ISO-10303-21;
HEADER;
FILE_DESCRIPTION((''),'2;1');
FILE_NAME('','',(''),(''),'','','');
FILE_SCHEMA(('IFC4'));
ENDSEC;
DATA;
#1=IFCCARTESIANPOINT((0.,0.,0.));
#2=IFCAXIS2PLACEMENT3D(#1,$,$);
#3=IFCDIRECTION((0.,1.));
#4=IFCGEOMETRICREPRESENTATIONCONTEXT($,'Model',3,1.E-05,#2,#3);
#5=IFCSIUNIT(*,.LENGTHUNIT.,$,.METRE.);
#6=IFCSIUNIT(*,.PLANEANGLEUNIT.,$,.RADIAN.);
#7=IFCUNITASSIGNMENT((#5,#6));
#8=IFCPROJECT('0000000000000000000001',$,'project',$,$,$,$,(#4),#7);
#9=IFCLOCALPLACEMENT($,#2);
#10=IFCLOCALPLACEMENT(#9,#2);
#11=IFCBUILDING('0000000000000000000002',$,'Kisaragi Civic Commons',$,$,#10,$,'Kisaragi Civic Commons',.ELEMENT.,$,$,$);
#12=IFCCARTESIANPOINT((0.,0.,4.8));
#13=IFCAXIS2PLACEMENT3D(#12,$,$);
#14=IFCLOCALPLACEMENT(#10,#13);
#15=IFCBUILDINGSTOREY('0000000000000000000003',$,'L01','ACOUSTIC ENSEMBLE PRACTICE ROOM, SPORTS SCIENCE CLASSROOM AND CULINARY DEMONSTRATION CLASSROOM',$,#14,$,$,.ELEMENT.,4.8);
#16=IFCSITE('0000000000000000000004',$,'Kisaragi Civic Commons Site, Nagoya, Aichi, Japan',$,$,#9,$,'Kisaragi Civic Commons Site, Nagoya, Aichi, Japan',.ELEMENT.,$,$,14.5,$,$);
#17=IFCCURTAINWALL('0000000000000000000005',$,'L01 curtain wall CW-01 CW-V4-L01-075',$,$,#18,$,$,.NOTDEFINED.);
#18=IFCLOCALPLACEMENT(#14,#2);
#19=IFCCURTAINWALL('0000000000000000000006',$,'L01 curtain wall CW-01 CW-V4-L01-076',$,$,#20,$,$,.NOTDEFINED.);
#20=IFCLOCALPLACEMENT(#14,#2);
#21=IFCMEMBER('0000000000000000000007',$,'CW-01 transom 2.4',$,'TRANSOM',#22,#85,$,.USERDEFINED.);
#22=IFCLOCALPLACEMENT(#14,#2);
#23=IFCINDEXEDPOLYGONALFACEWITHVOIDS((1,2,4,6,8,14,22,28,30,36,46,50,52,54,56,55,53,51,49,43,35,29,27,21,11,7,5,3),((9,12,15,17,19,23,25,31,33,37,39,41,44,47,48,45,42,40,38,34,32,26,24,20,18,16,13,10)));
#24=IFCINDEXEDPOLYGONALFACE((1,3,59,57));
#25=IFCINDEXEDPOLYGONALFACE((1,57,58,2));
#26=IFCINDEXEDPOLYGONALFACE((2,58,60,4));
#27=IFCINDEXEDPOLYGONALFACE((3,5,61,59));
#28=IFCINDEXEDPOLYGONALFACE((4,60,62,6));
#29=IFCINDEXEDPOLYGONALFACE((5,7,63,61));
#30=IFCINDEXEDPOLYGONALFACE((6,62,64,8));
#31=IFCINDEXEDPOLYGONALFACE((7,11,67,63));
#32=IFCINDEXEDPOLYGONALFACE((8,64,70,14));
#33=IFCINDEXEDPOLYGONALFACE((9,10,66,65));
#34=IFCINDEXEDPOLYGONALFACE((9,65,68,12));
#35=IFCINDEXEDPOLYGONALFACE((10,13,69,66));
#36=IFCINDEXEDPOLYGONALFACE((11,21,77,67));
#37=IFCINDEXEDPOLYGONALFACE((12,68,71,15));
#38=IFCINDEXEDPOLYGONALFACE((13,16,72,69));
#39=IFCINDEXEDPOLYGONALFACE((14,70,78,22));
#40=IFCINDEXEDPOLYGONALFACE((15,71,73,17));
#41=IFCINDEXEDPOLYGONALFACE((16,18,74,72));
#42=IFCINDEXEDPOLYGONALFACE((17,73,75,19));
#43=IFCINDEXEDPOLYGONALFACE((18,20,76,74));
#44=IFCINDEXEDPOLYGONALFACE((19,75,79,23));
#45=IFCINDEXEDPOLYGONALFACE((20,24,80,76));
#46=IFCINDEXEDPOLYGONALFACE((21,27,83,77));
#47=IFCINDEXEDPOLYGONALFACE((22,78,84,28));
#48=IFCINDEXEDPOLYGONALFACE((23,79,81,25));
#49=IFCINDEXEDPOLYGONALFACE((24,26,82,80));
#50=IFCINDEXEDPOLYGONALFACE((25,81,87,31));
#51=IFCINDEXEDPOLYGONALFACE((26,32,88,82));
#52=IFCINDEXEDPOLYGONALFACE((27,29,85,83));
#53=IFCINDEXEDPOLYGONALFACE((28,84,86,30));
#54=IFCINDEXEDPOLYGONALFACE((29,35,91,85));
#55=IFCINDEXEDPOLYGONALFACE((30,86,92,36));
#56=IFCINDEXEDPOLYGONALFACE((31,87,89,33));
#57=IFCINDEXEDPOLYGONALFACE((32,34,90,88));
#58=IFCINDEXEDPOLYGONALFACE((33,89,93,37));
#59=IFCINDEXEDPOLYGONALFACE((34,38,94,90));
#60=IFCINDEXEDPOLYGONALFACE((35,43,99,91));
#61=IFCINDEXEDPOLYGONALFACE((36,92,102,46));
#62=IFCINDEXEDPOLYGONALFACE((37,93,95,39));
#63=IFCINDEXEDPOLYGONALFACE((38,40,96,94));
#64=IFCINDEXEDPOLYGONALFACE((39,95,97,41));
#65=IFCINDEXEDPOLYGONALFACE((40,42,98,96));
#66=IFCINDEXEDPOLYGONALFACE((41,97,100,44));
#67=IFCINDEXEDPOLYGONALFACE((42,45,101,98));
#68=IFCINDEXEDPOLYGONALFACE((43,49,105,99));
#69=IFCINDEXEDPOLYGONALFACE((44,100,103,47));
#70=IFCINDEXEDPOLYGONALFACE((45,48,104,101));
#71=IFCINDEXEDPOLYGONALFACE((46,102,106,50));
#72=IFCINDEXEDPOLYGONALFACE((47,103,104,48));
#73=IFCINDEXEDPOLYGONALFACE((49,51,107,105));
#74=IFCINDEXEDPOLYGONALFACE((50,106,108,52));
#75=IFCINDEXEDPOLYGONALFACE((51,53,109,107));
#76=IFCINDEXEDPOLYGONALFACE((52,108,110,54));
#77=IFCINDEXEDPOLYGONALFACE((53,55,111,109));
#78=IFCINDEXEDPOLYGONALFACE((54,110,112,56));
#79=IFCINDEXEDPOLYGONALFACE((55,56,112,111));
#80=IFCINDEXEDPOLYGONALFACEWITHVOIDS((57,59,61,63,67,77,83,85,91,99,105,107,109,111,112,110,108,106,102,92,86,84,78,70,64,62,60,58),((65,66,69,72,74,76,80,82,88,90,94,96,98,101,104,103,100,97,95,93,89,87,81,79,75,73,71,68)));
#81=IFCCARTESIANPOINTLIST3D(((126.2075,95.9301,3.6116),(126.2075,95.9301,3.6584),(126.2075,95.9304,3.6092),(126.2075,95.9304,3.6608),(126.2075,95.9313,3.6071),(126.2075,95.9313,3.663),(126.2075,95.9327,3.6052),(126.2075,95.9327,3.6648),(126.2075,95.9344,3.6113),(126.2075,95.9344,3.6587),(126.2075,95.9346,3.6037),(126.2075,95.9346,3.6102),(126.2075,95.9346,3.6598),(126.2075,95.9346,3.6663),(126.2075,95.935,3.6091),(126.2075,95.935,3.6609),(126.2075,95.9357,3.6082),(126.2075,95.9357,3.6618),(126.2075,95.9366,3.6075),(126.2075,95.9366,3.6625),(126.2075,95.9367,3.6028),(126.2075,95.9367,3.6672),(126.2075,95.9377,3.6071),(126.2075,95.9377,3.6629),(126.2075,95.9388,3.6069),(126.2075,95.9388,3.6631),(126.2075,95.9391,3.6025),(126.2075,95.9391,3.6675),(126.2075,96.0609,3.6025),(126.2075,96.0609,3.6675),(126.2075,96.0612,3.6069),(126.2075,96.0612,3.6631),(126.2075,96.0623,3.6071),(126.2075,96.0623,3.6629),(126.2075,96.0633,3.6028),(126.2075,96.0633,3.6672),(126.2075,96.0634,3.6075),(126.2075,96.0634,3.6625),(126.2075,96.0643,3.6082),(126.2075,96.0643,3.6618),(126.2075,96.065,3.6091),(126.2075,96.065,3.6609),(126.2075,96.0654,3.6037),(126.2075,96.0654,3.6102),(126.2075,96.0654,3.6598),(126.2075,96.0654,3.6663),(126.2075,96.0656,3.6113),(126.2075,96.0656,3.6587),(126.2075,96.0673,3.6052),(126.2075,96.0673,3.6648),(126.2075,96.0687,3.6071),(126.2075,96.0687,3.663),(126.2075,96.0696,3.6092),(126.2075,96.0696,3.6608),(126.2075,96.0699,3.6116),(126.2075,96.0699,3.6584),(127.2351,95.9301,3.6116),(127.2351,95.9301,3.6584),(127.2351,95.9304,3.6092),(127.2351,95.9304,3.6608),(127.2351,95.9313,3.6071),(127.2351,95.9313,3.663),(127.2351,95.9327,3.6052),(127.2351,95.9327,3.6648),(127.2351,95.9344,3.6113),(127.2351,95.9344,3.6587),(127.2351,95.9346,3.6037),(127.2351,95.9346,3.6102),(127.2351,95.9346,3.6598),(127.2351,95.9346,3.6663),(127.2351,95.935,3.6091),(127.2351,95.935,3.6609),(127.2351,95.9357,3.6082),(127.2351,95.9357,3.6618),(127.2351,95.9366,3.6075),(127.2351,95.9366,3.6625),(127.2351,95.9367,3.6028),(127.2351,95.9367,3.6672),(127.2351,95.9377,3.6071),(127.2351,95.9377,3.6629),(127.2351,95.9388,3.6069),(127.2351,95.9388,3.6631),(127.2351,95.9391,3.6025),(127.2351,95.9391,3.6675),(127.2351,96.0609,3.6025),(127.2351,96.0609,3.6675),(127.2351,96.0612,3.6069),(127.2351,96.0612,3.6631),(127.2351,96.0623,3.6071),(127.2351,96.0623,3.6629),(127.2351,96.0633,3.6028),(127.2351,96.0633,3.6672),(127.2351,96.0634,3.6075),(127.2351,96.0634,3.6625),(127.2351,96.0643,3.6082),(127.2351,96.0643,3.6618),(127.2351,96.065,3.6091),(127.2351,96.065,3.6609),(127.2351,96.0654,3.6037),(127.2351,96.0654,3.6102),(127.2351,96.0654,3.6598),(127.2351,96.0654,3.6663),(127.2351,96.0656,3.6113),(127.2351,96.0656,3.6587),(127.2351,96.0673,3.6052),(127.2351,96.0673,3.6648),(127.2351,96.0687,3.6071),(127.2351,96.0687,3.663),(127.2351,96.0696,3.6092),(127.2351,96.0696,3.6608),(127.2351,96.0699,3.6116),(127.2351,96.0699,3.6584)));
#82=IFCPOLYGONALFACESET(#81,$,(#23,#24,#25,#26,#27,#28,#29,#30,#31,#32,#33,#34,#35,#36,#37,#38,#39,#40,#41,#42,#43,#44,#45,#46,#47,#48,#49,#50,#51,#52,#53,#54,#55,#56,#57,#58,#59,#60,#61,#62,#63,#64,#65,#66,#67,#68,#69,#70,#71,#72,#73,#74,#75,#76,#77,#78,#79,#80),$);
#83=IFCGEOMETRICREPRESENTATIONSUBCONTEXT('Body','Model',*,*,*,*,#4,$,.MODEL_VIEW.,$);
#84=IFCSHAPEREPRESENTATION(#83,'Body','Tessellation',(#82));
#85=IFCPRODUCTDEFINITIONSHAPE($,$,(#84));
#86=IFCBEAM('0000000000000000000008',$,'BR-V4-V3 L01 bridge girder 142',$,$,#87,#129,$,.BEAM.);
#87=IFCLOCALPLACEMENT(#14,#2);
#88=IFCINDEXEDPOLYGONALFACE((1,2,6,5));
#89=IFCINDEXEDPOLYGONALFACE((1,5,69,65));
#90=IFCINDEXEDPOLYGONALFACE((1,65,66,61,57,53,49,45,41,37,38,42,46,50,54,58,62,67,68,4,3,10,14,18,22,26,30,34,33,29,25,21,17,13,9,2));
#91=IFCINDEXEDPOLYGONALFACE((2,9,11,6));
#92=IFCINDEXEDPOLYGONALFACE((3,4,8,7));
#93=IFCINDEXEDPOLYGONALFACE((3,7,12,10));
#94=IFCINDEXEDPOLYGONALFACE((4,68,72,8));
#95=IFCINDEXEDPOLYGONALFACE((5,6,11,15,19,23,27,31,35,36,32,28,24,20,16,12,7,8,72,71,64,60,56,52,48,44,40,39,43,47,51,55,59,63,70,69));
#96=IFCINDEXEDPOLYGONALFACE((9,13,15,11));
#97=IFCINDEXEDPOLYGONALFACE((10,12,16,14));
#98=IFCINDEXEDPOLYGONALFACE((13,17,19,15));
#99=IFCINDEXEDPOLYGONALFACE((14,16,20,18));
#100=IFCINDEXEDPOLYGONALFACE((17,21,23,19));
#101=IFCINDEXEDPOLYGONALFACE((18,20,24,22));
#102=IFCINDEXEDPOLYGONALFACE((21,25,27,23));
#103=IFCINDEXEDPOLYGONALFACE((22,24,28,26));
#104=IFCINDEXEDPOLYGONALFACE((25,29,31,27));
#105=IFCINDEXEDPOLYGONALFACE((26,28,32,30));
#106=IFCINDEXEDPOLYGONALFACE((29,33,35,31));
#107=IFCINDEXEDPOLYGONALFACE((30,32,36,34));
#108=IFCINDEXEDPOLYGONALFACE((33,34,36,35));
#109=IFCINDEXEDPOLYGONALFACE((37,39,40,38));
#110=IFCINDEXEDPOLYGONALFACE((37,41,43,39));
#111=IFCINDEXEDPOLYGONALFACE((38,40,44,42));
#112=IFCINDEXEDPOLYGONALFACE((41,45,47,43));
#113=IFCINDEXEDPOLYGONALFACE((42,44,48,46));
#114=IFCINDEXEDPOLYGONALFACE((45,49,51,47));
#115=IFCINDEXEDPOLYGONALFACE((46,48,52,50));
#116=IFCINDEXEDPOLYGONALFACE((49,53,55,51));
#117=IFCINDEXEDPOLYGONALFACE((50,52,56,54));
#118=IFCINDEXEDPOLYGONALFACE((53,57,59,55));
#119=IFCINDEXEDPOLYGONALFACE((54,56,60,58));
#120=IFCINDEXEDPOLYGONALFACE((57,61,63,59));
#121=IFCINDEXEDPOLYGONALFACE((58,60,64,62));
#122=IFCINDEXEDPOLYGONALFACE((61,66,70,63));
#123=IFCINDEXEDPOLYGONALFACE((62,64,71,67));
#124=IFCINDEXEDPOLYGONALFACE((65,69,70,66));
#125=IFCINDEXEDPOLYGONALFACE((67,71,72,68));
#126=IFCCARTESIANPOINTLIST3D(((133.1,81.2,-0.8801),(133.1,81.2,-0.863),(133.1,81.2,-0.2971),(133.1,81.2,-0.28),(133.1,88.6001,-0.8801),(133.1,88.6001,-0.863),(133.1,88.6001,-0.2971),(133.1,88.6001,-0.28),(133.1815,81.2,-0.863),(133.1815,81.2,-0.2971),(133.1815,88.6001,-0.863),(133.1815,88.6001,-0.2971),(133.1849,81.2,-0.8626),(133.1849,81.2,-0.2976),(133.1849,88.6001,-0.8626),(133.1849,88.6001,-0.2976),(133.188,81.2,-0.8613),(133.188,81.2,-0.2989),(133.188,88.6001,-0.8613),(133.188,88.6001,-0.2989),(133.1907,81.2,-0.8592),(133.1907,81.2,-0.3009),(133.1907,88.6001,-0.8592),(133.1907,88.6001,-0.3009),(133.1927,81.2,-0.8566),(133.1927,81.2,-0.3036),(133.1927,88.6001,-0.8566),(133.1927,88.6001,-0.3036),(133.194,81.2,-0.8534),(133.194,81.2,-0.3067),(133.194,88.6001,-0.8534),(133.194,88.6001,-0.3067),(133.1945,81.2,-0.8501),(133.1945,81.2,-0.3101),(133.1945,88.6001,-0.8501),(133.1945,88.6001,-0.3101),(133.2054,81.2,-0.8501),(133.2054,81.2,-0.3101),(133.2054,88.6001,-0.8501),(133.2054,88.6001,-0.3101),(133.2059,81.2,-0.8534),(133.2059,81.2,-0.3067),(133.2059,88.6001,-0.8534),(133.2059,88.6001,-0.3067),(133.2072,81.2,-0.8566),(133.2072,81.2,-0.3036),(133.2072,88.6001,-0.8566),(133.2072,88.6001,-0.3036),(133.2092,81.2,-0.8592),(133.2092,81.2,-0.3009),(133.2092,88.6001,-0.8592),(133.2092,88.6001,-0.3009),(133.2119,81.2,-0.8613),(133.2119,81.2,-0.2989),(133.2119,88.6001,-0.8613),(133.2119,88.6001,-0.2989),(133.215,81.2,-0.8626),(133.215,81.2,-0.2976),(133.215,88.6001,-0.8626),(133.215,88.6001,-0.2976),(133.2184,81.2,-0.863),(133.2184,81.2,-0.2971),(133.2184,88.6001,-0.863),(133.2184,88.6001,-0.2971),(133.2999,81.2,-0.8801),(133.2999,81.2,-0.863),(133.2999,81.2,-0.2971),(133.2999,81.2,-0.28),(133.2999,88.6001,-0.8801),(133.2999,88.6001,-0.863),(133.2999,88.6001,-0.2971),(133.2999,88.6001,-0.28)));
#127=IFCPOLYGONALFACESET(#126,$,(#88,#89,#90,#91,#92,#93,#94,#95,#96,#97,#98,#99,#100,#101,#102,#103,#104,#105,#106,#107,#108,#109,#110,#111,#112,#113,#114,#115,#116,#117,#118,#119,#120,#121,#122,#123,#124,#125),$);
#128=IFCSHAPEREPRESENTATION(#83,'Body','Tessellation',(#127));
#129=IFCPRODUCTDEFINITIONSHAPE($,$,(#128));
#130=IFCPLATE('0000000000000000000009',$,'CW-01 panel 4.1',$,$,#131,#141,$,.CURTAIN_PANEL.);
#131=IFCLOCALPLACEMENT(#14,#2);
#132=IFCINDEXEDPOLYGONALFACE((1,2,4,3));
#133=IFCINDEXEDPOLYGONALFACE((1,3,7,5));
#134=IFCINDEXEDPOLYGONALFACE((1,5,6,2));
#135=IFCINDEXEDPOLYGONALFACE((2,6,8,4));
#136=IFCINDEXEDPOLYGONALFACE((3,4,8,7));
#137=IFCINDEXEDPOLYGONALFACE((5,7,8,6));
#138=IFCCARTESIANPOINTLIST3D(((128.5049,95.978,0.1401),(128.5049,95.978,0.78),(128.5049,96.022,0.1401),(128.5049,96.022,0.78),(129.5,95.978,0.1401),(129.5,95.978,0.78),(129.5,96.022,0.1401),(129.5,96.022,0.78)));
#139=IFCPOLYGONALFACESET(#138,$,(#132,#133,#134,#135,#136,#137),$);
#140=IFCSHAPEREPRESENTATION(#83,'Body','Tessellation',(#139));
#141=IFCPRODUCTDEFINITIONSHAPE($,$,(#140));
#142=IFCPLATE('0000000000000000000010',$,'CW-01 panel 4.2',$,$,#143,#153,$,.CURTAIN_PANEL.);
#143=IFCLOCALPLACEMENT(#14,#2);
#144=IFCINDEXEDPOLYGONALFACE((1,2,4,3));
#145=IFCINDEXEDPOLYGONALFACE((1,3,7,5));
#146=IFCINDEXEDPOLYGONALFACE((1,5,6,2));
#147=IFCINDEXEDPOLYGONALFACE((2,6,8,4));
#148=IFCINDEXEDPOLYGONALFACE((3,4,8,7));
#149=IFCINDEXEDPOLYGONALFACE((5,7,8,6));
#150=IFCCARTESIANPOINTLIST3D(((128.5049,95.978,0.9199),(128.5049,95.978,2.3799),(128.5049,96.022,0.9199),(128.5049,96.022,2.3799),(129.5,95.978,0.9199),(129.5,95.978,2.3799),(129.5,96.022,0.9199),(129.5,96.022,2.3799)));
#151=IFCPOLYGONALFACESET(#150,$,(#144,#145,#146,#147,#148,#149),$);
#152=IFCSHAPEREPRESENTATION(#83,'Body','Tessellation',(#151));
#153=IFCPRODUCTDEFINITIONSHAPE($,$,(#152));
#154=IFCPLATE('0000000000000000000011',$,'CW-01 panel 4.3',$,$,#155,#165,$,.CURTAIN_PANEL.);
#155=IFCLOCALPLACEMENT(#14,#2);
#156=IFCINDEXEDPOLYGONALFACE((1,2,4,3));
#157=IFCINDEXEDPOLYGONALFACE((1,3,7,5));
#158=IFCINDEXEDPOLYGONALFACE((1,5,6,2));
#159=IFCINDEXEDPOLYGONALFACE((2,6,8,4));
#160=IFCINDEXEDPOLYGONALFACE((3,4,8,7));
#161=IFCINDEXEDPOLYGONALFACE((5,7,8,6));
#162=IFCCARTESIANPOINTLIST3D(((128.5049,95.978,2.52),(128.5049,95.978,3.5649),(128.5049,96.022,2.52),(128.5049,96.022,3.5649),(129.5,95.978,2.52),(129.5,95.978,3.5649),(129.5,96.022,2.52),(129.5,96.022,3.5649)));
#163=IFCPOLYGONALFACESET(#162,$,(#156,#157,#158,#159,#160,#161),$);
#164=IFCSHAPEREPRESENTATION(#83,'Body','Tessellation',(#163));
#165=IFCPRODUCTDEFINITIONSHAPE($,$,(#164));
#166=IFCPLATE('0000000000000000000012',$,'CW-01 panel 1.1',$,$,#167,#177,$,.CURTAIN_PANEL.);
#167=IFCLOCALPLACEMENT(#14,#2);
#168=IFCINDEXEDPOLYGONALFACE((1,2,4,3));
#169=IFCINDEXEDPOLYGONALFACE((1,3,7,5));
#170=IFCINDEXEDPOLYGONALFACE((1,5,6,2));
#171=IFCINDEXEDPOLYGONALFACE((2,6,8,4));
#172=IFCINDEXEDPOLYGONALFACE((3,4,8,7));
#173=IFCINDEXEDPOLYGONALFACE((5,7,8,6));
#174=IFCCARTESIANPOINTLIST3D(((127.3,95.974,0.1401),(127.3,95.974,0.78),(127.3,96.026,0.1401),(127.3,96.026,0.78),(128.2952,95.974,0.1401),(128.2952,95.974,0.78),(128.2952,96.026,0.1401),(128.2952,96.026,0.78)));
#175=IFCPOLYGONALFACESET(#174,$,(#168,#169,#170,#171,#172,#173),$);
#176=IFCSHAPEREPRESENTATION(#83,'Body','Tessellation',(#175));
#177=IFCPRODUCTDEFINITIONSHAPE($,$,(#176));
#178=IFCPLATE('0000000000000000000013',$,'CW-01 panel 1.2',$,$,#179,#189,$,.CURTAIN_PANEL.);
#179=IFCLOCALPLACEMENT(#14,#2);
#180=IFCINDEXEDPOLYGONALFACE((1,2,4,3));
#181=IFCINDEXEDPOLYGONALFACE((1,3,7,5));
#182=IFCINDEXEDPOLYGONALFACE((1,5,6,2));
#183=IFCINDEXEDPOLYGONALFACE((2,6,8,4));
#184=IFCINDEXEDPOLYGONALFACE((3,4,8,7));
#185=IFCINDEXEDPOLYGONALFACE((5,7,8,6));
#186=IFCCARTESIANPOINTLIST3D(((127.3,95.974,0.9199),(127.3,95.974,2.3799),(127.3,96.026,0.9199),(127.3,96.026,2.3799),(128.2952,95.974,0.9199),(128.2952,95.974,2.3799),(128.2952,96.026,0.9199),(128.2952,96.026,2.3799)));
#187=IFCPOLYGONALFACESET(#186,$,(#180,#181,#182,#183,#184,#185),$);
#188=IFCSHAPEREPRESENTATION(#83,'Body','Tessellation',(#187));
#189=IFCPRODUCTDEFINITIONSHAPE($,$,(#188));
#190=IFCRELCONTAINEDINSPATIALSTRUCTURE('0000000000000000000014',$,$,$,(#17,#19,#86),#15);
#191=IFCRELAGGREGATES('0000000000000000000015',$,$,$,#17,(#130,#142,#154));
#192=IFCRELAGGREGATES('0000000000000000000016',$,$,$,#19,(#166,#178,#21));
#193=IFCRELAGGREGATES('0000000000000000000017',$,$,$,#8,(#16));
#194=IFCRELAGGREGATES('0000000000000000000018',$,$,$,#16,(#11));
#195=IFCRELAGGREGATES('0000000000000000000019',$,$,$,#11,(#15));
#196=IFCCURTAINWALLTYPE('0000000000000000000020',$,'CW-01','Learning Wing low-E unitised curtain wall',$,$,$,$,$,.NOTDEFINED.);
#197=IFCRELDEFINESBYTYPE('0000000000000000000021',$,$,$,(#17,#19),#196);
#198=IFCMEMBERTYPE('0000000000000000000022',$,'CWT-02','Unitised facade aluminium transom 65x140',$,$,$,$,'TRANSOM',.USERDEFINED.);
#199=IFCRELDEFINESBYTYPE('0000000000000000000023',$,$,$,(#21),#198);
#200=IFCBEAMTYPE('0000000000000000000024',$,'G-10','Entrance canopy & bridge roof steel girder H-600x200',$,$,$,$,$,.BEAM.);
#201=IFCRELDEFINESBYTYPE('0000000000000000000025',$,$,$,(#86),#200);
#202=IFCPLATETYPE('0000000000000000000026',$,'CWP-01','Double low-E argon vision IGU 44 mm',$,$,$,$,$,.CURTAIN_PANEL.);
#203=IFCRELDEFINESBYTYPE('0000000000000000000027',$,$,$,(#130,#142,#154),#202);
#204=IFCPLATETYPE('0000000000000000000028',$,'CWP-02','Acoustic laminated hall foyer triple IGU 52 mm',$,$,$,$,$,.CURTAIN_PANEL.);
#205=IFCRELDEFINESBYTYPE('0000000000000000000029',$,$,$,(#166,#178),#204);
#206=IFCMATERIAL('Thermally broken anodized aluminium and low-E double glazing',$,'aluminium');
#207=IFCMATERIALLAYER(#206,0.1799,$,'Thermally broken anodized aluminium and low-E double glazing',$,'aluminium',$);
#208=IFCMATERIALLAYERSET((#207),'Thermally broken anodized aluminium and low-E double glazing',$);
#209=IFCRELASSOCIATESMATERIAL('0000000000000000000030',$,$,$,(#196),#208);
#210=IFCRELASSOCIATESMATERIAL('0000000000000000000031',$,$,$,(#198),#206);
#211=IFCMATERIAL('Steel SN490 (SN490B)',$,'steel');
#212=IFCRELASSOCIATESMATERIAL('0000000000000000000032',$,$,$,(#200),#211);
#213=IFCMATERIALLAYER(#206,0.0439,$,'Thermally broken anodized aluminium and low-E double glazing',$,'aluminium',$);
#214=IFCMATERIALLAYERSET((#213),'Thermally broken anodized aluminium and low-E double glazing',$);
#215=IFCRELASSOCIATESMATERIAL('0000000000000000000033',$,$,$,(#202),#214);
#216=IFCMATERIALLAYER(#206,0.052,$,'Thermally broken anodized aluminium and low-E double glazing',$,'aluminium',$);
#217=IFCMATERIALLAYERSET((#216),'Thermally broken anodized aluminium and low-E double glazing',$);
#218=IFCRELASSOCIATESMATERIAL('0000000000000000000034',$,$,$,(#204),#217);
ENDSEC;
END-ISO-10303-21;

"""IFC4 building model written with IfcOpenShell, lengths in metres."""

from ifc_helpers import new_model, si_unit, direction, frame, origin, origin_2d, place, context, subcontext, project, spatial, rectangle, hollow_rectangle, i_section, extrude, material, layer, layer_set, material_profile, profile_set, type_object, element, aggregate, save


model = new_model("IFC4")

# Units and contexts
model_context = context("Model", 3, precision=1e-05, world=origin(), true_north=direction((0.0, 1.0)))
body_context = subcontext(model_context, "Body", "Model", "MODEL_VIEW")
ifc_project = project(units=[si_unit("LENGTHUNIT", "METRE"), si_unit("PLANEANGLEUNIT", "RADIAN")], contexts=[model_context])

# Site, building, storey
site_placement = place(None, origin())
site = spatial("IfcSite", under=ifc_project, at=site_placement, Name="Kisaragi Civic Commons Site, Nagoya, Aichi, Japan", LongName="Kisaragi Civic Commons Site, Nagoya, Aichi, Japan", CompositionType="ELEMENT", RefElevation=14.5)
building_placement = place(site_placement, origin())
building = spatial("IfcBuilding", under=site, at=building_placement, Name="Kisaragi Civic Commons", LongName="Kisaragi Civic Commons", CompositionType="ELEMENT")
storey_placement = place(building_placement, frame((0.0, 0.0, 4.8)))
storey = spatial("IfcBuildingStorey", under=building, at=storey_placement, Name="L01", Description="ACOUSTIC ENSEMBLE PRACTICE ROOM, SPORTS SCIENCE CLASSROOM AND CULINARY DEMONSTRATION CLASSROOM", CompositionType="ELEMENT", Elevation=4.8)

# Curtain wall
ifc_material_1 = material(Name="Thermally broken anodized aluminium and low-E double glazing", Category="aluminium")
ifc_layer_1 = layer(ifc_material_1, 0.1799, Name="Thermally broken anodized aluminium and low-E double glazing", Category="aluminium")
ifc_layer_set_1 = layer_set([ifc_layer_1], Name="Thermally broken anodized aluminium and low-E double glazing")
curtain_wall_type = type_object("IfcCurtainWallType", Name="CW-01", Description="Learning Wing low-E unitised curtain wall", PredefinedType="NOTDEFINED", material=ifc_layer_set_1)
curtain_wall_1_placement = place(storey_placement, origin())
curtain_wall_1 = element("IfcCurtainWall", 1, at=curtain_wall_1_placement, inside=storey, type_object=curtain_wall_type, Name="L01 curtain wall CW-01 CW-V4-L01-075", PredefinedType="NOTDEFINED")

# Curtain wall, member
curtain_wall_2_placement = place(storey_placement, origin())
curtain_wall_2 = element("IfcCurtainWall", 2, at=curtain_wall_2_placement, inside=storey, type_object=curtain_wall_type, Name="L01 curtain wall CW-01 CW-V4-L01-076", PredefinedType="NOTDEFINED")
ifc_material_profile_1 = material_profile(ifc_material_1, hollow_rectangle(XDim=0.1399, YDim=0.0649, WallThickness=0.0044, InnerFilletRadius=0.0044, OuterFilletRadius=0.009, at=origin_2d()), Name="CWT-65x140x4.5", Category="aluminium")
ifc_profile_set_1 = profile_set([ifc_material_profile_1], Name="Thermally broken anodized aluminium and low-E double glazing")
member_type_1 = type_object("IfcMemberType", Name="CWT-02", Description="Unitised facade aluminium transom 65x140", ElementType="TRANSOM", PredefinedType="USERDEFINED", material=ifc_profile_set_1)
member_1_placement = place(storey_placement, frame((127.2351, 96.0, 3.635), z_axis=(-1.0, 0.0, 0.0), x_axis=(0.0, -1.0, 0.0)))
member_1 = element("IfcMember", 3, at=member_1_placement, type_object=member_type_1, Name="CW-01 transom 2.4", ObjectType="TRANSOM", PredefinedType="USERDEFINED", context=body_context, shape_type="SweptSolid", body=[
    extrude(hollow_rectangle(XDim=0.1399, YDim=0.0649, WallThickness=0.0044, InnerFilletRadius=0.0044, OuterFilletRadius=0.009, at=origin_2d()), origin(), (0.0, 0.0, 1.0), 1.0276),
])

# Beam
ifc_material_2 = material(Name="Steel SN490 (SN490B)", Category="steel")
ifc_material_profile_2 = material_profile(ifc_material_2, i_section(OverallWidth=0.2, OverallDepth=0.6001, WebThickness=0.011, FlangeThickness=0.0171, FilletRadius=0.0129, at=origin_2d()), Name="H-600x200x11x17", Category="steel")
ifc_profile_set_2 = profile_set([ifc_material_profile_2], Name="Steel SN490 (SN490B)")
beam_type = type_object("IfcBeamType", Name="G-10", Description="Entrance canopy & bridge roof steel girder H-600x200", PredefinedType="BEAM", material=ifc_profile_set_2)
beam_placement = place(storey_placement, frame((133.2, 88.6001, -0.5801), z_axis=(0.0, -1.0, 0.0), x_axis=(1.0, 0.0, 0.0)))
element("IfcBeam", 4, at=beam_placement, inside=storey, type_object=beam_type, Name="BR-V4-V3 L01 bridge girder 142", PredefinedType="BEAM", context=body_context, shape_type="SweptSolid", body=[
    extrude(i_section(OverallWidth=0.2, OverallDepth=0.6001, WebThickness=0.011, FlangeThickness=0.0171, FilletRadius=0.0129, at=origin_2d()), origin(), (0.0, 0.0, 1.0), 7.4001),
])

# Plates
ifc_layer_2 = layer(ifc_material_1, 0.0439, Name="Thermally broken anodized aluminium and low-E double glazing", Category="aluminium")
ifc_layer_set_2 = layer_set([ifc_layer_2], Name="Thermally broken anodized aluminium and low-E double glazing")
plate_type_1 = type_object("IfcPlateType", Name="CWP-01", Description="Double low-E argon vision IGU 44 mm", PredefinedType="CURTAIN_PANEL", material=ifc_layer_set_2)
plate_1_placement = place(storey_placement, frame((129.0024, 96.0, 0.1401), z_axis=(0.0, 0.0, 1.0), x_axis=(-1.0, 0.0, 0.0)))
plate_1 = element("IfcPlate", 5, at=plate_1_placement, type_object=plate_type_1, Name="CW-01 panel 4.1", PredefinedType="CURTAIN_PANEL", context=body_context, shape_type="SweptSolid", body=[
    extrude(rectangle(XDim=0.9951, YDim=0.0439, at=origin_2d()), origin(), (0.0, 0.0, 1.0), 0.6399),
])
plate_2_placement = place(storey_placement, frame((129.0024, 96.0, 0.9199), z_axis=(0.0, 0.0, 1.0), x_axis=(-1.0, 0.0, 0.0)))
plate_2 = element("IfcPlate", 6, at=plate_2_placement, type_object=plate_type_1, Name="CW-01 panel 4.2", PredefinedType="CURTAIN_PANEL", context=body_context, shape_type="SweptSolid", body=[
    extrude(rectangle(XDim=0.9951, YDim=0.0439, at=origin_2d()), origin(), (0.0, 0.0, 1.0), 1.46),
])
plate_3_placement = place(storey_placement, frame((129.0024, 96.0, 2.52), z_axis=(0.0, 0.0, 1.0), x_axis=(-1.0, 0.0, 0.0)))
plate_3 = element("IfcPlate", 7, at=plate_3_placement, type_object=plate_type_1, Name="CW-01 panel 4.3", PredefinedType="CURTAIN_PANEL", context=body_context, shape_type="SweptSolid", body=[
    extrude(rectangle(XDim=0.9951, YDim=0.0439, at=origin_2d()), origin(), (0.0, 0.0, 1.0), 1.0449),
])
aggregate(curtain_wall_1, [plate_1, plate_2, plate_3])
ifc_layer_3 = layer(ifc_material_1, 0.052, Name="Thermally broken anodized aluminium and low-E double glazing", Category="aluminium")
ifc_layer_set_3 = layer_set([ifc_layer_3], Name="Thermally broken anodized aluminium and low-E double glazing")
plate_type_2 = type_object("IfcPlateType", Name="CWP-02", Description="Acoustic laminated hall foyer triple IGU 52 mm", PredefinedType="CURTAIN_PANEL", material=ifc_layer_set_3)
plate_4_placement = place(storey_placement, frame((127.7976, 96.0, 0.1401), z_axis=(0.0, 0.0, 1.0), x_axis=(-1.0, 0.0, 0.0)))
plate_4 = element("IfcPlate", 8, at=plate_4_placement, type_object=plate_type_2, Name="CW-01 panel 1.1", PredefinedType="CURTAIN_PANEL", context=body_context, shape_type="SweptSolid", body=[
    extrude(rectangle(XDim=0.9951, YDim=0.052, at=origin_2d()), origin(), (0.0, 0.0, 1.0), 0.6399),
])
plate_5_placement = place(storey_placement, frame((127.7976, 96.0, 0.9199), z_axis=(0.0, 0.0, 1.0), x_axis=(-1.0, 0.0, 0.0)))
plate_5 = element("IfcPlate", 9, at=plate_5_placement, type_object=plate_type_2, Name="CW-01 panel 1.2", PredefinedType="CURTAIN_PANEL", context=body_context, shape_type="SweptSolid", body=[
    extrude(rectangle(XDim=0.9951, YDim=0.052, at=origin_2d()), origin(), (0.0, 0.0, 1.0), 1.46),
])
aggregate(curtain_wall_2, [plate_4, plate_5, member_1])

save(model, "model.ifc")
